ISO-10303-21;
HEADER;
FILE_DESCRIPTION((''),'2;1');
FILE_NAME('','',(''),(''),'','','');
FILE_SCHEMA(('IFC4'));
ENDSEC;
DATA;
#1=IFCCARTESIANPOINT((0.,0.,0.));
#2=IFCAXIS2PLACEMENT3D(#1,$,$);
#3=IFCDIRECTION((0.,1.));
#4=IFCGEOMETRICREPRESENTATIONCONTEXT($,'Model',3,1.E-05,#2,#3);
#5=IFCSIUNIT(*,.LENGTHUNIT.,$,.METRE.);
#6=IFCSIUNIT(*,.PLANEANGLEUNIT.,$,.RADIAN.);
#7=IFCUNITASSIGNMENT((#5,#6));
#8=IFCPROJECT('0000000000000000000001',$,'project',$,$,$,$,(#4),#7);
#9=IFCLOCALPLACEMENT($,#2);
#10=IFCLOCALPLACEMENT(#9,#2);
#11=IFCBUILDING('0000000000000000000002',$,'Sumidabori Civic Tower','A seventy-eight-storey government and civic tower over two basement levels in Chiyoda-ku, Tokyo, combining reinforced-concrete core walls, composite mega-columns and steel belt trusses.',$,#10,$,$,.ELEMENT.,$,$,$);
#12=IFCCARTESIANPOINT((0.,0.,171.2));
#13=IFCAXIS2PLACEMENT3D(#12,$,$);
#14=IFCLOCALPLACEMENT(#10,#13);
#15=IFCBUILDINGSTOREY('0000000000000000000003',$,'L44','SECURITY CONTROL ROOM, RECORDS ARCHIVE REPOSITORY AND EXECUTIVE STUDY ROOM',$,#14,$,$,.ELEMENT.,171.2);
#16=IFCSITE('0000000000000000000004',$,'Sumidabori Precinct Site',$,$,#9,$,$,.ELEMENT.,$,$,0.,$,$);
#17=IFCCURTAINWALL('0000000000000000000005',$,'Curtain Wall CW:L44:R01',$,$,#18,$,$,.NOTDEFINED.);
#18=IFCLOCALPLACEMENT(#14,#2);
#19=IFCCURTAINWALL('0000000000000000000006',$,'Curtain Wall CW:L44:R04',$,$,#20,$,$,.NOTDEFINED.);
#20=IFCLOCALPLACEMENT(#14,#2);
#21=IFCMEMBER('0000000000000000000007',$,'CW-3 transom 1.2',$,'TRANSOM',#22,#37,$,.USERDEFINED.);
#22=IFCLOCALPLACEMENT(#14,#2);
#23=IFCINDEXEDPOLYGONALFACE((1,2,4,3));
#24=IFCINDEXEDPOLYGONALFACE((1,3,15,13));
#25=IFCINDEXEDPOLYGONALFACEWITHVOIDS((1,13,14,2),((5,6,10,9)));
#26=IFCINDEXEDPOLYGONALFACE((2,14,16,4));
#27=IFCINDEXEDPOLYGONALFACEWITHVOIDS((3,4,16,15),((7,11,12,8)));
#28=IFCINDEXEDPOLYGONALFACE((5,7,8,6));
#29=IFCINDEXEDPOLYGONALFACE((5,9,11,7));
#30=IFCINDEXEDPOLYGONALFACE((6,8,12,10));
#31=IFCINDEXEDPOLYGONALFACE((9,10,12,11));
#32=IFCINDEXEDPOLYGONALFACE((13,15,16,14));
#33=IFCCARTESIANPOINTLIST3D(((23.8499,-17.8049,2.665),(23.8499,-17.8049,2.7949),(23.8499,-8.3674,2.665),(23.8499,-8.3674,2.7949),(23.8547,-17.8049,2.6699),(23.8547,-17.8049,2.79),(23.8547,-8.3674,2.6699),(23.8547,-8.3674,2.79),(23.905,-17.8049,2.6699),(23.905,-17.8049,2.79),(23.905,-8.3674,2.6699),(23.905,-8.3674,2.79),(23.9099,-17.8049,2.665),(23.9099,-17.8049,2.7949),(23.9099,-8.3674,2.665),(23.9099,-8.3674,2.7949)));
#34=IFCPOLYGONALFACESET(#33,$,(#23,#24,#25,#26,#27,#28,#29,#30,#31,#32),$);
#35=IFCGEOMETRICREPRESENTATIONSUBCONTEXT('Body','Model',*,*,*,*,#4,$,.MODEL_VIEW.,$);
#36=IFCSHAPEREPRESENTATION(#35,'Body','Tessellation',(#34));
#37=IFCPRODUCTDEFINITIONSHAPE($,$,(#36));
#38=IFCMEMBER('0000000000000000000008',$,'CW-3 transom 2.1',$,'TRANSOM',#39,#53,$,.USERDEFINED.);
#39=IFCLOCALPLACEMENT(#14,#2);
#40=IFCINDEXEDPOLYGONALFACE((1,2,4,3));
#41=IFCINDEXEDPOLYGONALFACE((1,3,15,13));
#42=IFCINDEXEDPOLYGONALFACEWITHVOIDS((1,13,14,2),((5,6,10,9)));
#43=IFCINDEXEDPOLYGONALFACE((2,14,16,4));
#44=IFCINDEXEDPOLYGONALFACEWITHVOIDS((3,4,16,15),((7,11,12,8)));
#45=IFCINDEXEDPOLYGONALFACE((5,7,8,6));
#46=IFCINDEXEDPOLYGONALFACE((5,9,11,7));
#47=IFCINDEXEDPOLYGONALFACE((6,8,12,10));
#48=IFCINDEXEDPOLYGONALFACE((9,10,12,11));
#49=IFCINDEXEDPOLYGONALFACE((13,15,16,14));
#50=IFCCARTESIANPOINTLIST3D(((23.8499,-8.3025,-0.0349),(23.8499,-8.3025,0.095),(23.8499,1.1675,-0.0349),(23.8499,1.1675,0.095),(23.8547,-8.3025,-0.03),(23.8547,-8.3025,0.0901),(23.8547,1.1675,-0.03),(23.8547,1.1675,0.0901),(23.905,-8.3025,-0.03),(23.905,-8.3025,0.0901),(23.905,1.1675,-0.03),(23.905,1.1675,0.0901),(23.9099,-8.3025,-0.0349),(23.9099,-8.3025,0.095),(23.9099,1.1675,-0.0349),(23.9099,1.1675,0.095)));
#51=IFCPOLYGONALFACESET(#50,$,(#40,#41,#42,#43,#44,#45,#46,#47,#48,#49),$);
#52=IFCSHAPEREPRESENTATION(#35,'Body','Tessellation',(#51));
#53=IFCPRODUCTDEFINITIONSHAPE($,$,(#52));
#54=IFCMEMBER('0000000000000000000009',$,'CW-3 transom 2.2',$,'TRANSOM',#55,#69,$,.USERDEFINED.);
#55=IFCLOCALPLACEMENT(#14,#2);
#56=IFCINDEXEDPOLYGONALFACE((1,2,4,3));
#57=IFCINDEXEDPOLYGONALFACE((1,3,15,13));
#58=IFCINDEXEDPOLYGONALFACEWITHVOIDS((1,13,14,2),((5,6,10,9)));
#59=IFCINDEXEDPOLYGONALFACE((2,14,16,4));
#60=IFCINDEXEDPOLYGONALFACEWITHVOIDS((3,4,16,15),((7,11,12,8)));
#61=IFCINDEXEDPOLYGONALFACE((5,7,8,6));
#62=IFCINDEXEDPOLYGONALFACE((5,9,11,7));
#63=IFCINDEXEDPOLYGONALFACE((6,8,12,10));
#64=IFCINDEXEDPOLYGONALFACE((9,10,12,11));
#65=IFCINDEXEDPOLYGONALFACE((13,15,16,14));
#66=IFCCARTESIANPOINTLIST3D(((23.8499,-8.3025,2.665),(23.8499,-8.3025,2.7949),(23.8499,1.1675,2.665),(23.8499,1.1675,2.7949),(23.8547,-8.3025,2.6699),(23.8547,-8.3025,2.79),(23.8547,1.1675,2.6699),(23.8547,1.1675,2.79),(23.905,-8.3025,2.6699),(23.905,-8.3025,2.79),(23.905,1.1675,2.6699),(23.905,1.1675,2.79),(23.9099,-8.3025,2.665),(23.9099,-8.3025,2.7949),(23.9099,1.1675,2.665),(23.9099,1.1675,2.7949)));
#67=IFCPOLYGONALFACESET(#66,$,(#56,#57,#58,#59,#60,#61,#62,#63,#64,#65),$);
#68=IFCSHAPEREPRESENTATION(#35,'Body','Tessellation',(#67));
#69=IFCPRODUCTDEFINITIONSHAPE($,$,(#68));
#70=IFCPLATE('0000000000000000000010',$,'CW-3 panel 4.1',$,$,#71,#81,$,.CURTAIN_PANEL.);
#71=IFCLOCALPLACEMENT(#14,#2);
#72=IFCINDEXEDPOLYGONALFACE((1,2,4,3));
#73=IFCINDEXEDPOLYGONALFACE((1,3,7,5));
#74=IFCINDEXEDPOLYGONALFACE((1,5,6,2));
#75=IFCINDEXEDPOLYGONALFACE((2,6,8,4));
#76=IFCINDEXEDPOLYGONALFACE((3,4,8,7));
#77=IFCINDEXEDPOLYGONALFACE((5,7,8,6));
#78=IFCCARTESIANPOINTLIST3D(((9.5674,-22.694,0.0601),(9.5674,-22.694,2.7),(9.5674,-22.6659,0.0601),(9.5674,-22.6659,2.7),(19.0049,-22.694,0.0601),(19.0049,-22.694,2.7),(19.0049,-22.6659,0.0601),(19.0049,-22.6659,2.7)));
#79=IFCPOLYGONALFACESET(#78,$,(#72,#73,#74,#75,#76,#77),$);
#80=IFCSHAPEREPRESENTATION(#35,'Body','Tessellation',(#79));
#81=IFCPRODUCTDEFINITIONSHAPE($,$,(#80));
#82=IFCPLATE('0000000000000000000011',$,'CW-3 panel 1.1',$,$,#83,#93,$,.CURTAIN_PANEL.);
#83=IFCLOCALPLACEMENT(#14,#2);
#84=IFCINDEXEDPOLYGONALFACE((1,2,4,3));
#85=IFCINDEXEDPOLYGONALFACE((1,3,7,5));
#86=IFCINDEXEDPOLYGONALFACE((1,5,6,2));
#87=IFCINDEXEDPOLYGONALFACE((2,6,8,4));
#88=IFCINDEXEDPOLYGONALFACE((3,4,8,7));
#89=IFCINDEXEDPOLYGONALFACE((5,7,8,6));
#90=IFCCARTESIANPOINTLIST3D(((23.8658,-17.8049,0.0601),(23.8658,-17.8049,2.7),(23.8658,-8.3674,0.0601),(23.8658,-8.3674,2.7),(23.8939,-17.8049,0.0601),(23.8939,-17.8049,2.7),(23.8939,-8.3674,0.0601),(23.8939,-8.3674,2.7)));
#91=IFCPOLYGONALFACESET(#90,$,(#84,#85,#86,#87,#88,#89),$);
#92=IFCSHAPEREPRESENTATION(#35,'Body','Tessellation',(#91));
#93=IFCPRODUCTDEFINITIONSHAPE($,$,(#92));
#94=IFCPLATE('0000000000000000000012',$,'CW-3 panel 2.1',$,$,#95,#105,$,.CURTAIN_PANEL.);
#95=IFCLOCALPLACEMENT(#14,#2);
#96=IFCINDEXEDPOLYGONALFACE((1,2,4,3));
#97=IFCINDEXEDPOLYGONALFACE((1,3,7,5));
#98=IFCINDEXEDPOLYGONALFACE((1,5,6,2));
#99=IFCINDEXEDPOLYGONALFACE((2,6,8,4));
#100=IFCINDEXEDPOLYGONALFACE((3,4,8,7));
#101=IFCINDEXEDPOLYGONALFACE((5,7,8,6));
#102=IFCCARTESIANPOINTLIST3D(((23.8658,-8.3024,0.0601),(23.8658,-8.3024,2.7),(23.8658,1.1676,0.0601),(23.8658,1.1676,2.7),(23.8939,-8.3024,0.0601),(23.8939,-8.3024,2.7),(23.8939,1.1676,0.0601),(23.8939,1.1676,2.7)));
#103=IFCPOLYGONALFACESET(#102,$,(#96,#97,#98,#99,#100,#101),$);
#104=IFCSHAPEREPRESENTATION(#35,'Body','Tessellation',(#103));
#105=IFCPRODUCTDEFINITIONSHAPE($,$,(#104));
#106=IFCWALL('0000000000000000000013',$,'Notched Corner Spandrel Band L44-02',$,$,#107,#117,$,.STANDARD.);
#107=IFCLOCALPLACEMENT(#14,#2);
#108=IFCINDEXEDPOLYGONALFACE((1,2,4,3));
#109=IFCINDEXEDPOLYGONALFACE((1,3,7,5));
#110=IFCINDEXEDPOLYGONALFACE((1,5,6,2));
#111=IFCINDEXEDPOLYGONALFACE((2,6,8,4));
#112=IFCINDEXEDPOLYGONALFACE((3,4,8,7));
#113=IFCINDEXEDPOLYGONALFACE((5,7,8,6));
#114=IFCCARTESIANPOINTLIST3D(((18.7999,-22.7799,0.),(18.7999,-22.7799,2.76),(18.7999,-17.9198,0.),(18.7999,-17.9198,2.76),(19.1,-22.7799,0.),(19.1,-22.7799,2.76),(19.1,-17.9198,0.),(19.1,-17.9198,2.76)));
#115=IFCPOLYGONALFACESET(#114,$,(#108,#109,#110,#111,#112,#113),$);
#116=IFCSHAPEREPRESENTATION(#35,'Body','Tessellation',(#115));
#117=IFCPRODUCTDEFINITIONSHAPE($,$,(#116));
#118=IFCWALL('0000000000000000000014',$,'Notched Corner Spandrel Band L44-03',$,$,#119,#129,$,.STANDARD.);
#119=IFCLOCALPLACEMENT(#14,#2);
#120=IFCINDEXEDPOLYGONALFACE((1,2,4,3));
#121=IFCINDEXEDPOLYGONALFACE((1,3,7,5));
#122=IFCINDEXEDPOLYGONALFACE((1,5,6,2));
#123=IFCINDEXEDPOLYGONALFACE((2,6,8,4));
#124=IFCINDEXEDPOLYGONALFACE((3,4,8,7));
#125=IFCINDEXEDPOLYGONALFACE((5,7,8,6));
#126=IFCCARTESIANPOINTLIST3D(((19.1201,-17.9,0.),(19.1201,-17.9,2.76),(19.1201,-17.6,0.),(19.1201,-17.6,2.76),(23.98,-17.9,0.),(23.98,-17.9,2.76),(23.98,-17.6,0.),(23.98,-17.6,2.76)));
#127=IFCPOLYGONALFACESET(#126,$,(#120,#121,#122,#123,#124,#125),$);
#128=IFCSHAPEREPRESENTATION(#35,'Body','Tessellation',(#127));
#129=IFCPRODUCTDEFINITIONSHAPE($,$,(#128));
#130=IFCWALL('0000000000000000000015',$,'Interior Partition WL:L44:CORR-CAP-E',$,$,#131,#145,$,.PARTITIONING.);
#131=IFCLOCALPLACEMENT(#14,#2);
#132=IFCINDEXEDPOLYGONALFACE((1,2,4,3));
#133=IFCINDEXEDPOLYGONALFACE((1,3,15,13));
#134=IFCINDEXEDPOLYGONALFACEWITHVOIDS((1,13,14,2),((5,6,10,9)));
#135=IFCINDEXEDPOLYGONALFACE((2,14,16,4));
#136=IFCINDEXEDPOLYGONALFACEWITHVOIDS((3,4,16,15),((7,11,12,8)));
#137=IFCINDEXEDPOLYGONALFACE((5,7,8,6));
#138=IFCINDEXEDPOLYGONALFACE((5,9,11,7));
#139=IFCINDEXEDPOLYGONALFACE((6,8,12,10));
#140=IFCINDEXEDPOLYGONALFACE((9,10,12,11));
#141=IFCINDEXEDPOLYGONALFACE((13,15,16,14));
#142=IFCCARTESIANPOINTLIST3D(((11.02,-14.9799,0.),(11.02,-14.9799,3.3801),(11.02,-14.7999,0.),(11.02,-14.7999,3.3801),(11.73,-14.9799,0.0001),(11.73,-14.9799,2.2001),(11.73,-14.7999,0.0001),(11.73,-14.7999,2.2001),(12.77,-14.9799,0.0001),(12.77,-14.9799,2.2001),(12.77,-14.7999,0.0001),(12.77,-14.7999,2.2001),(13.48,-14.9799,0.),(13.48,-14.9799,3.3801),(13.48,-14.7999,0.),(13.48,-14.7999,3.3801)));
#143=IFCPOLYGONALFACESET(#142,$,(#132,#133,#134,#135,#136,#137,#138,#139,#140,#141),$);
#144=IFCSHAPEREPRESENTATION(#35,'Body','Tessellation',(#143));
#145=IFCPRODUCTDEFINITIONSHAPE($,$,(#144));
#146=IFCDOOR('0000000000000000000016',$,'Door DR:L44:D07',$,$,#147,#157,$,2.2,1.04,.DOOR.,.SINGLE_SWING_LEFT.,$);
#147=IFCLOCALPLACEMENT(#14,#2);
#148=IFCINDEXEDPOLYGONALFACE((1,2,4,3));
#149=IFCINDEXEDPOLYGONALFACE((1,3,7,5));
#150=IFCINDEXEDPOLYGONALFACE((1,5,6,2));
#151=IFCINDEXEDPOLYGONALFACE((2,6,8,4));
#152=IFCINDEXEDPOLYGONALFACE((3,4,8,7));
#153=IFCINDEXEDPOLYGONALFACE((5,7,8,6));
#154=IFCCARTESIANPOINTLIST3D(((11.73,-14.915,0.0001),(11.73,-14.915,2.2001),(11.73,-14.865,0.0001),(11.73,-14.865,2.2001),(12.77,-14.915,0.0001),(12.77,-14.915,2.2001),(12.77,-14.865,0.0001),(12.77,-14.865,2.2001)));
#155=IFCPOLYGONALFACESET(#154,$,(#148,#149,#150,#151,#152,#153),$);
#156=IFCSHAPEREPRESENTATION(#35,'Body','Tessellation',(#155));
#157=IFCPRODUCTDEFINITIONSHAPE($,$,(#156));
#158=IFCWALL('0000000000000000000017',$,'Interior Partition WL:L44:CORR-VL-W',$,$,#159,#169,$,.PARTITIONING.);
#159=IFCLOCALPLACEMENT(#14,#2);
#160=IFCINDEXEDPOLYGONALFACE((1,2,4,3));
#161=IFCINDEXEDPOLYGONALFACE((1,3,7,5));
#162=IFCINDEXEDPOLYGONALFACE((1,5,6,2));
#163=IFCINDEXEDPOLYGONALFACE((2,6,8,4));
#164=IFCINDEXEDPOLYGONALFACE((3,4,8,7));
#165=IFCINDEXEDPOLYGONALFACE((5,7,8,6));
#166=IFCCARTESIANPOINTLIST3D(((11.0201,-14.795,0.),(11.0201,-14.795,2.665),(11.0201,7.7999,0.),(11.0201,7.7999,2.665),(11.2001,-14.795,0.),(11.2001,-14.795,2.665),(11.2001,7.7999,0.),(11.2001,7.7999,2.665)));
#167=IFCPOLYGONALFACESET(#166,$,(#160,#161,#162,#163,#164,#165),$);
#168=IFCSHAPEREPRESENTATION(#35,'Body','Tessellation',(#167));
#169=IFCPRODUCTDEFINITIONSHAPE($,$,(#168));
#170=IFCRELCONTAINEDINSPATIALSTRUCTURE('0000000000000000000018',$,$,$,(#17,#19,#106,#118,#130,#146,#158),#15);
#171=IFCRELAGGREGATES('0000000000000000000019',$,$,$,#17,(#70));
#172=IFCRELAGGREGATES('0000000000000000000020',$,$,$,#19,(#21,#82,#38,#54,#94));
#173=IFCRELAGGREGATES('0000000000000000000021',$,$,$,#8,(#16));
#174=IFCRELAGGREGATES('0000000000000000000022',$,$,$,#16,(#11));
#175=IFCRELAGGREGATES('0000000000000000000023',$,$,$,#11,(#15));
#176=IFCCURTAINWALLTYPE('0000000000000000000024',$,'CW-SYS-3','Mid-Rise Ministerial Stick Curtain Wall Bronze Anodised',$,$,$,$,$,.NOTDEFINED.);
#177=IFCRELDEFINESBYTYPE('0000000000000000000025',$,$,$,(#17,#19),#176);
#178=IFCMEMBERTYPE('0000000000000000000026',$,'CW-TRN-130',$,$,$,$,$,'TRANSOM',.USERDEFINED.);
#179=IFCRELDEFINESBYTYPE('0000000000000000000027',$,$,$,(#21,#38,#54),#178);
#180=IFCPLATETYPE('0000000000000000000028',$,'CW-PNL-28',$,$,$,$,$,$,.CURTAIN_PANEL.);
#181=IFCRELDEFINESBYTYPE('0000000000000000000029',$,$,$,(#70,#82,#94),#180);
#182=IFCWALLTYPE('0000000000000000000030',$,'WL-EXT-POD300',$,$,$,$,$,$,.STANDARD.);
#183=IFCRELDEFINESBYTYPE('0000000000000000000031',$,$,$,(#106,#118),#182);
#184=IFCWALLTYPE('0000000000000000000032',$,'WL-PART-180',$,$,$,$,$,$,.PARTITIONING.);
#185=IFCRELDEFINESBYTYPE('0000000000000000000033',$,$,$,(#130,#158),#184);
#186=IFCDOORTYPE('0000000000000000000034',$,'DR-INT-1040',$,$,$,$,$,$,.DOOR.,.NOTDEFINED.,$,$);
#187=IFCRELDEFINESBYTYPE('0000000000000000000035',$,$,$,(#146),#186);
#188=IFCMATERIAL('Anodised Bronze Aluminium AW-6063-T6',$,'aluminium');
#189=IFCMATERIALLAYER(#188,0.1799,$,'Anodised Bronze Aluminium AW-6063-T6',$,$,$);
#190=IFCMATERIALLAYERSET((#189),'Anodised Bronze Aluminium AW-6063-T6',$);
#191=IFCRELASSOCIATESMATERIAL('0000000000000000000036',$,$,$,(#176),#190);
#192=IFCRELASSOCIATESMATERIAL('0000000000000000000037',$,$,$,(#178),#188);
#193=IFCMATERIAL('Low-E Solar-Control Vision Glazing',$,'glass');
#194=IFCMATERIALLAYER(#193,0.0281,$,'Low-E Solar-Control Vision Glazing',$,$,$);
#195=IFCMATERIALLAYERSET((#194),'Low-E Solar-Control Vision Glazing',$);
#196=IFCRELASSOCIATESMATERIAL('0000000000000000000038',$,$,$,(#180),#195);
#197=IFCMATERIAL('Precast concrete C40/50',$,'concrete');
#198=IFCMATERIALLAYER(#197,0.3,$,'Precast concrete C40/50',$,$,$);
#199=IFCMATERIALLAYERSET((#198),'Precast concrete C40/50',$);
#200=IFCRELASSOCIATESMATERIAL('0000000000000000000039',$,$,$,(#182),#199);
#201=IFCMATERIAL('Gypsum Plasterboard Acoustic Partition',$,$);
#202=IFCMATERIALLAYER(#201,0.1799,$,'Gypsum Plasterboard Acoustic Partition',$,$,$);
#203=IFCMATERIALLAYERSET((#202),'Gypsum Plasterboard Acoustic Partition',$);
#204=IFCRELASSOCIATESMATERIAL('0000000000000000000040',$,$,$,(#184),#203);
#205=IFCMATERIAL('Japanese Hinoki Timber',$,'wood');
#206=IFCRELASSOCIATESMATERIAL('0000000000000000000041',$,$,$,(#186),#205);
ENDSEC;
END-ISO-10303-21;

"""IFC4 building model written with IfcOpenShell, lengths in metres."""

from ifc_helpers import new_model, si_unit, direction, frame, frame_2d, origin, origin_2d, place, context, subcontext, project, spatial, rectangle, hollow_rectangle, extrude, source, transform, mapped, material, layer, layer_set, material_profile, profile_set, type_object, element, fill, aggregate, save


model = new_model("IFC4")

# Units and contexts
model_context = context("Model", 3, precision=1e-05, world=origin(), true_north=direction((0.0, 1.0)))
body_context = subcontext(model_context, "Body", "Model", "MODEL_VIEW")
ifc_project = project(units=[si_unit("LENGTHUNIT", "METRE"), si_unit("PLANEANGLEUNIT", "RADIAN")], contexts=[model_context])

# Site, building, storey
site_placement = place(None, origin())
site = spatial("IfcSite", under=ifc_project, at=site_placement, Name="Sumidabori Precinct Site", CompositionType="ELEMENT", RefElevation=0.0)
building_placement = place(site_placement, origin())
building = spatial("IfcBuilding", under=site, at=building_placement, Name="Sumidabori Civic Tower", Description="A seventy-eight-storey government and civic tower over two basement levels in Chiyoda-ku, Tokyo, combining reinforced-concrete core walls, composite mega-columns and steel belt trusses.", CompositionType="ELEMENT")
storey_placement = place(building_placement, frame((0.0, 0.0, 171.2)))
storey = spatial("IfcBuildingStorey", under=building, at=storey_placement, Name="L44", Description="SECURITY CONTROL ROOM, RECORDS ARCHIVE REPOSITORY AND EXECUTIVE STUDY ROOM", CompositionType="ELEMENT", Elevation=171.2)

# Curtain walls
ifc_material_1 = material(Name="Anodised Bronze Aluminium AW-6063-T6", Category="aluminium")
ifc_layer_1 = layer(ifc_material_1, 0.1799, Name="Anodised Bronze Aluminium AW-6063-T6")
ifc_layer_set_1 = layer_set([ifc_layer_1], Name="Anodised Bronze Aluminium AW-6063-T6")
curtain_wall_type = type_object("IfcCurtainWallType", Name="CW-SYS-3", Description="Mid-Rise Ministerial Stick Curtain Wall Bronze Anodised", PredefinedType="NOTDEFINED", material=ifc_layer_set_1)
curtain_wall_1_placement = place(storey_placement, origin())
curtain_wall_1 = element("IfcCurtainWall", 1, at=curtain_wall_1_placement, inside=storey, type_object=curtain_wall_type, Name="Curtain Wall CW:L44:R01", PredefinedType="NOTDEFINED")
curtain_wall_2_placement = place(storey_placement, origin())
curtain_wall_2 = element("IfcCurtainWall", 2, at=curtain_wall_2_placement, inside=storey, type_object=curtain_wall_type, Name="Curtain Wall CW:L44:R04", PredefinedType="NOTDEFINED")

# Members
ifc_material_profile_1 = material_profile(ifc_material_1, hollow_rectangle(XDim=0.0601, YDim=0.1299, WallThickness=0.0049, at=origin_2d()), Name="ALU TRANSOM 130x60")
ifc_profile_set_1 = profile_set([ifc_material_profile_1], Name="Anodised Bronze Aluminium AW-6063-T6")
member_type_1 = type_object("IfcMemberType", Name="CW-TRN-130", ElementType="TRANSOM", PredefinedType="USERDEFINED", material=ifc_profile_set_1)
shared_shape_1 = source(origin(), body_context, "Body", "SweptSolid", [
    extrude(hollow_rectangle(XDim=0.0601, YDim=0.1299, WallThickness=0.0049, at=origin_2d()), origin(), (0.0, 0.0, 1.0), 9.4375),
])
member_1_placement = place(storey_placement, frame((23.8799, -17.8049, 2.73), z_axis=(0.0, 1.0, 0.0), x_axis=(-1.0, 0.0, 0.0)))
member_1 = element("IfcMember", 3, at=member_1_placement, type_object=member_type_1, Name="CW-3 transom 1.2", ObjectType="TRANSOM", PredefinedType="USERDEFINED", context=body_context, shape_type="MappedRepresentation", body=[
    mapped(shared_shape_1, transform((0.0, 0.0, 0.0), x_axis=(1.0, 0.0, 0.0), y_axis=(0.0, 1.0, 0.0), z_axis=(0.0, 0.0, 1.0), scale=1.0)),
])
shared_shape_2 = source(origin(), body_context, "Body", "SweptSolid", [
    extrude(hollow_rectangle(XDim=0.0601, YDim=0.1299, WallThickness=0.0049, at=origin_2d()), origin(), (0.0, 0.0, 1.0), 9.47),
])
member_2_placement = place(storey_placement, frame((23.8799, -8.3025, 0.03), z_axis=(0.0, 1.0, 0.0), x_axis=(-1.0, 0.0, 0.0)))
member_2 = element("IfcMember", 4, at=member_2_placement, type_object=member_type_1, Name="CW-3 transom 2.1", ObjectType="TRANSOM", PredefinedType="USERDEFINED", context=body_context, shape_type="MappedRepresentation", body=[
    mapped(shared_shape_2, transform((0.0, 0.0, 0.0), x_axis=(1.0, 0.0, 0.0), y_axis=(0.0, 1.0, 0.0), z_axis=(0.0, 0.0, 1.0), scale=1.0)),
])
member_3_placement = place(storey_placement, frame((23.8799, -8.3025, 2.73), z_axis=(0.0, 1.0, 0.0), x_axis=(-1.0, 0.0, 0.0)))
member_3 = element("IfcMember", 5, at=member_3_placement, type_object=member_type_1, Name="CW-3 transom 2.2", ObjectType="TRANSOM", PredefinedType="USERDEFINED", context=body_context, shape_type="MappedRepresentation", body=[
    mapped(shared_shape_2, transform((0.0, 0.0, 0.0), x_axis=(1.0, 0.0, 0.0), y_axis=(0.0, 1.0, 0.0), z_axis=(0.0, 0.0, 1.0), scale=1.0)),
])

# Plates
ifc_material_2 = material(Name="Low-E Solar-Control Vision Glazing", Category="glass")
ifc_layer_2 = layer(ifc_material_2, 0.0281, Name="Low-E Solar-Control Vision Glazing")
ifc_layer_set_2 = layer_set([ifc_layer_2], Name="Low-E Solar-Control Vision Glazing")
plate_type = type_object("IfcPlateType", Name="CW-PNL-28", PredefinedType="CURTAIN_PANEL", material=ifc_layer_set_2)
shared_shape_3 = source(origin(), body_context, "Body", "SweptSolid", [
    extrude(rectangle(XDim=9.4375, YDim=0.0281, at=origin_2d()), origin(), (0.0, 0.0, 1.0), 2.6399),
])
plate_1_placement = place(storey_placement, frame((14.2861, -22.6799, 0.0601), z_axis=(0.0, 0.0, 1.0), x_axis=(1.0, 0.0, 0.0)))
plate_1 = element("IfcPlate", 6, at=plate_1_placement, type_object=plate_type, Name="CW-3 panel 4.1", PredefinedType="CURTAIN_PANEL", context=body_context, shape_type="MappedRepresentation", body=[
    mapped(shared_shape_3, transform((0.0, 0.0, 0.0), x_axis=(1.0, 0.0, 0.0), y_axis=(0.0, 1.0, 0.0), z_axis=(0.0, 0.0, 1.0), scale=1.0)),
])
aggregate(curtain_wall_1, [plate_1])
plate_2_placement = place(storey_placement, frame((23.8799, -13.0862, 0.0601), z_axis=(0.0, 0.0, 1.0), x_axis=(0.0, 1.0, 0.0)))
plate_2 = element("IfcPlate", 7, at=plate_2_placement, type_object=plate_type, Name="CW-3 panel 1.1", PredefinedType="CURTAIN_PANEL", context=body_context, shape_type="MappedRepresentation", body=[
    mapped(shared_shape_3, transform((0.0, 0.0, 0.0), x_axis=(1.0, 0.0, 0.0), y_axis=(0.0, 1.0, 0.0), z_axis=(0.0, 0.0, 1.0), scale=1.0)),
])
shared_shape_4 = source(origin(), body_context, "Body", "SweptSolid", [
    extrude(rectangle(XDim=9.47, YDim=0.0281, at=origin_2d()), origin(), (0.0, 0.0, 1.0), 2.6399),
])
plate_3_placement = place(storey_placement, frame((23.8799, -3.5674, 0.0601), z_axis=(0.0, 0.0, 1.0), x_axis=(0.0, 1.0, 0.0)))
plate_3 = element("IfcPlate", 8, at=plate_3_placement, type_object=plate_type, Name="CW-3 panel 2.1", PredefinedType="CURTAIN_PANEL", context=body_context, shape_type="MappedRepresentation", body=[
    mapped(shared_shape_4, transform((0.0, 0.0, 0.0), x_axis=(1.0, 0.0, 0.0), y_axis=(0.0, 1.0, 0.0), z_axis=(0.0, 0.0, 1.0), scale=1.0)),
])
aggregate(curtain_wall_2, [member_1, plate_2, member_2, member_3, plate_3])

# Walls
ifc_material_3 = material(Name="Precast concrete C40/50", Category="concrete")
ifc_layer_3 = layer(ifc_material_3, 0.3, Name="Precast concrete C40/50")
ifc_layer_set_3 = layer_set([ifc_layer_3], Name="Precast concrete C40/50")
wall_type_1 = type_object("IfcWallType", Name="WL-EXT-POD300", PredefinedType="STANDARD", material=ifc_layer_set_3)
shared_shape_5 = source(origin(), body_context, "Body", "SweptSolid", [
    extrude(rectangle(XDim=4.8601, YDim=0.3, at=frame_2d((2.4302, 0.0))), origin(), (0.0, 0.0, 1.0), 2.76),
])
wall_1_placement = place(storey_placement, frame((18.95, -22.78, 0.0), z_axis=(0.0, 0.0, 1.0), x_axis=(0.0, 1.0, 0.0)))
element("IfcWall", 9, at=wall_1_placement, inside=storey, type_object=wall_type_1, Name="Notched Corner Spandrel Band L44-02", PredefinedType="STANDARD", context=body_context, shape_type="MappedRepresentation", body=[
    mapped(shared_shape_5, transform((0.0, 0.0, 0.0), x_axis=(1.0, 0.0, 0.0), y_axis=(0.0, 1.0, 0.0), z_axis=(0.0, 0.0, 1.0), scale=1.0)),
])
shared_shape_6 = source(origin(), body_context, "Body", "SweptSolid", [
    extrude(rectangle(XDim=4.8599, YDim=0.3, at=frame_2d((2.4299, 0.0))), origin(), (0.0, 0.0, 1.0), 2.76),
])
wall_2_placement = place(storey_placement, frame((19.1201, -17.75, 0.0), z_axis=(0.0, 0.0, 1.0), x_axis=(1.0, 0.0, 0.0)))
element("IfcWall", 10, at=wall_2_placement, inside=storey, type_object=wall_type_1, Name="Notched Corner Spandrel Band L44-03", PredefinedType="STANDARD", context=body_context, shape_type="MappedRepresentation", body=[
    mapped(shared_shape_6, transform((0.0, 0.0, 0.0), x_axis=(1.0, 0.0, 0.0), y_axis=(0.0, 1.0, 0.0), z_axis=(0.0, 0.0, 1.0), scale=1.0)),
])

# Wall, opening, door
ifc_material_4 = material(Name="Gypsum Plasterboard Acoustic Partition")
ifc_layer_4 = layer(ifc_material_4, 0.1799, Name="Gypsum Plasterboard Acoustic Partition")
ifc_layer_set_4 = layer_set([ifc_layer_4], Name="Gypsum Plasterboard Acoustic Partition")
wall_type_2 = type_object("IfcWallType", Name="WL-PART-180", PredefinedType="PARTITIONING", material=ifc_layer_set_4)
shared_shape_7 = source(origin(), body_context, "Body", "SweptSolid", [
    extrude(rectangle(XDim=2.46, YDim=0.1799, at=frame_2d((1.23, 0.0))), origin(), (0.0, 0.0, 1.0), 3.3801),
])
wall_3_placement = place(storey_placement, frame((11.02, -14.8899, 0.0), z_axis=(0.0, 0.0, 1.0), x_axis=(1.0, 0.0, 0.0)))
wall_3 = element("IfcWall", 11, at=wall_3_placement, inside=storey, type_object=wall_type_2, Name="Interior Partition WL:L44:CORR-CAP-E", PredefinedType="PARTITIONING", context=body_context, shape_type="MappedRepresentation", body=[
    mapped(shared_shape_7, transform((0.0, 0.0, 0.0), x_axis=(1.0, 0.0, 0.0), y_axis=(0.0, 1.0, 0.0), z_axis=(0.0, 0.0, 1.0), scale=1.0)),
])
opening_1_placement = place(wall_3_placement, frame((0.71, 0.0, 0.0)))
opening_1 = element("IfcOpeningElement", 12, at=opening_1_placement, cuts=wall_3, PredefinedType="OPENING", context=body_context, shape_type="SweptSolid", body=[
    extrude(rectangle(XDim=1.04, YDim=2.2, at=frame_2d((0.52, 1.1001))), frame((0.0, 0.1021, 0.0), z_axis=(0.0, -1.0, 0.0), x_axis=(1.0, 0.0, 0.0)), (0.0, 0.0, 1.0), 0.2039),
])
ifc_material_5 = material(Name="Japanese Hinoki Timber", Category="wood")
door_type = type_object("IfcDoorType", Name="DR-INT-1040", OperationType="NOTDEFINED", PredefinedType="DOOR", material=ifc_material_5)
shared_shape_8 = source(origin(), body_context, "Body", "SweptSolid", [
    extrude(rectangle(XDim=1.04, YDim=2.2, at=frame_2d((0.52, 1.1001))), frame((0.0, 0.0249, 0.0), z_axis=(0.0, -1.0, 0.0), x_axis=(1.0, 0.0, 0.0)), (0.0, 0.0, 1.0), 0.05),
])
door_1_placement = place(opening_1_placement, origin())
door_1 = element("IfcDoor", 13, at=door_1_placement, inside=storey, type_object=door_type, Name="Door DR:L44:D07", OperationType="SINGLE_SWING_LEFT", OverallHeight=2.2, OverallWidth=1.04, PredefinedType="DOOR", context=body_context, shape_type="MappedRepresentation", body=[
    mapped(shared_shape_8, transform((0.0, 0.0, 0.0), x_axis=(1.0, 0.0, 0.0), y_axis=(0.0, 1.0, 0.0), z_axis=(0.0, 0.0, 1.0), scale=1.0)),
])
fill(opening_1, door_1)

# Wall
shared_shape_9 = source(origin(), body_context, "Body", "SweptSolid", [
    extrude(rectangle(XDim=22.595, YDim=0.1799, at=frame_2d((11.2974, 0.0))), origin(), (0.0, 0.0, 1.0), 2.665),
])
for number, where, z_axis, x_axis, name in (
    (14, (11.1101, -14.7949, 0.0), (0.0, 0.0, 1.0), (0.0, 1.0, 0.0), "Interior Partition WL:L44:CORR-VL-W"),
):
    element("IfcWall", number, at=place(storey_placement, frame(where, z_axis=z_axis, x_axis=x_axis)), inside=storey, type_object=wall_type_2, Name=name, PredefinedType="PARTITIONING", context=body_context, shape_type="MappedRepresentation", body=[
        mapped(shared_shape_9, transform((0.0, 0.0, 0.0), x_axis=(1.0, 0.0, 0.0), y_axis=(0.0, 1.0, 0.0), z_axis=(0.0, 0.0, 1.0), scale=1.0)),
    ])

save(model, "model.ifc")
